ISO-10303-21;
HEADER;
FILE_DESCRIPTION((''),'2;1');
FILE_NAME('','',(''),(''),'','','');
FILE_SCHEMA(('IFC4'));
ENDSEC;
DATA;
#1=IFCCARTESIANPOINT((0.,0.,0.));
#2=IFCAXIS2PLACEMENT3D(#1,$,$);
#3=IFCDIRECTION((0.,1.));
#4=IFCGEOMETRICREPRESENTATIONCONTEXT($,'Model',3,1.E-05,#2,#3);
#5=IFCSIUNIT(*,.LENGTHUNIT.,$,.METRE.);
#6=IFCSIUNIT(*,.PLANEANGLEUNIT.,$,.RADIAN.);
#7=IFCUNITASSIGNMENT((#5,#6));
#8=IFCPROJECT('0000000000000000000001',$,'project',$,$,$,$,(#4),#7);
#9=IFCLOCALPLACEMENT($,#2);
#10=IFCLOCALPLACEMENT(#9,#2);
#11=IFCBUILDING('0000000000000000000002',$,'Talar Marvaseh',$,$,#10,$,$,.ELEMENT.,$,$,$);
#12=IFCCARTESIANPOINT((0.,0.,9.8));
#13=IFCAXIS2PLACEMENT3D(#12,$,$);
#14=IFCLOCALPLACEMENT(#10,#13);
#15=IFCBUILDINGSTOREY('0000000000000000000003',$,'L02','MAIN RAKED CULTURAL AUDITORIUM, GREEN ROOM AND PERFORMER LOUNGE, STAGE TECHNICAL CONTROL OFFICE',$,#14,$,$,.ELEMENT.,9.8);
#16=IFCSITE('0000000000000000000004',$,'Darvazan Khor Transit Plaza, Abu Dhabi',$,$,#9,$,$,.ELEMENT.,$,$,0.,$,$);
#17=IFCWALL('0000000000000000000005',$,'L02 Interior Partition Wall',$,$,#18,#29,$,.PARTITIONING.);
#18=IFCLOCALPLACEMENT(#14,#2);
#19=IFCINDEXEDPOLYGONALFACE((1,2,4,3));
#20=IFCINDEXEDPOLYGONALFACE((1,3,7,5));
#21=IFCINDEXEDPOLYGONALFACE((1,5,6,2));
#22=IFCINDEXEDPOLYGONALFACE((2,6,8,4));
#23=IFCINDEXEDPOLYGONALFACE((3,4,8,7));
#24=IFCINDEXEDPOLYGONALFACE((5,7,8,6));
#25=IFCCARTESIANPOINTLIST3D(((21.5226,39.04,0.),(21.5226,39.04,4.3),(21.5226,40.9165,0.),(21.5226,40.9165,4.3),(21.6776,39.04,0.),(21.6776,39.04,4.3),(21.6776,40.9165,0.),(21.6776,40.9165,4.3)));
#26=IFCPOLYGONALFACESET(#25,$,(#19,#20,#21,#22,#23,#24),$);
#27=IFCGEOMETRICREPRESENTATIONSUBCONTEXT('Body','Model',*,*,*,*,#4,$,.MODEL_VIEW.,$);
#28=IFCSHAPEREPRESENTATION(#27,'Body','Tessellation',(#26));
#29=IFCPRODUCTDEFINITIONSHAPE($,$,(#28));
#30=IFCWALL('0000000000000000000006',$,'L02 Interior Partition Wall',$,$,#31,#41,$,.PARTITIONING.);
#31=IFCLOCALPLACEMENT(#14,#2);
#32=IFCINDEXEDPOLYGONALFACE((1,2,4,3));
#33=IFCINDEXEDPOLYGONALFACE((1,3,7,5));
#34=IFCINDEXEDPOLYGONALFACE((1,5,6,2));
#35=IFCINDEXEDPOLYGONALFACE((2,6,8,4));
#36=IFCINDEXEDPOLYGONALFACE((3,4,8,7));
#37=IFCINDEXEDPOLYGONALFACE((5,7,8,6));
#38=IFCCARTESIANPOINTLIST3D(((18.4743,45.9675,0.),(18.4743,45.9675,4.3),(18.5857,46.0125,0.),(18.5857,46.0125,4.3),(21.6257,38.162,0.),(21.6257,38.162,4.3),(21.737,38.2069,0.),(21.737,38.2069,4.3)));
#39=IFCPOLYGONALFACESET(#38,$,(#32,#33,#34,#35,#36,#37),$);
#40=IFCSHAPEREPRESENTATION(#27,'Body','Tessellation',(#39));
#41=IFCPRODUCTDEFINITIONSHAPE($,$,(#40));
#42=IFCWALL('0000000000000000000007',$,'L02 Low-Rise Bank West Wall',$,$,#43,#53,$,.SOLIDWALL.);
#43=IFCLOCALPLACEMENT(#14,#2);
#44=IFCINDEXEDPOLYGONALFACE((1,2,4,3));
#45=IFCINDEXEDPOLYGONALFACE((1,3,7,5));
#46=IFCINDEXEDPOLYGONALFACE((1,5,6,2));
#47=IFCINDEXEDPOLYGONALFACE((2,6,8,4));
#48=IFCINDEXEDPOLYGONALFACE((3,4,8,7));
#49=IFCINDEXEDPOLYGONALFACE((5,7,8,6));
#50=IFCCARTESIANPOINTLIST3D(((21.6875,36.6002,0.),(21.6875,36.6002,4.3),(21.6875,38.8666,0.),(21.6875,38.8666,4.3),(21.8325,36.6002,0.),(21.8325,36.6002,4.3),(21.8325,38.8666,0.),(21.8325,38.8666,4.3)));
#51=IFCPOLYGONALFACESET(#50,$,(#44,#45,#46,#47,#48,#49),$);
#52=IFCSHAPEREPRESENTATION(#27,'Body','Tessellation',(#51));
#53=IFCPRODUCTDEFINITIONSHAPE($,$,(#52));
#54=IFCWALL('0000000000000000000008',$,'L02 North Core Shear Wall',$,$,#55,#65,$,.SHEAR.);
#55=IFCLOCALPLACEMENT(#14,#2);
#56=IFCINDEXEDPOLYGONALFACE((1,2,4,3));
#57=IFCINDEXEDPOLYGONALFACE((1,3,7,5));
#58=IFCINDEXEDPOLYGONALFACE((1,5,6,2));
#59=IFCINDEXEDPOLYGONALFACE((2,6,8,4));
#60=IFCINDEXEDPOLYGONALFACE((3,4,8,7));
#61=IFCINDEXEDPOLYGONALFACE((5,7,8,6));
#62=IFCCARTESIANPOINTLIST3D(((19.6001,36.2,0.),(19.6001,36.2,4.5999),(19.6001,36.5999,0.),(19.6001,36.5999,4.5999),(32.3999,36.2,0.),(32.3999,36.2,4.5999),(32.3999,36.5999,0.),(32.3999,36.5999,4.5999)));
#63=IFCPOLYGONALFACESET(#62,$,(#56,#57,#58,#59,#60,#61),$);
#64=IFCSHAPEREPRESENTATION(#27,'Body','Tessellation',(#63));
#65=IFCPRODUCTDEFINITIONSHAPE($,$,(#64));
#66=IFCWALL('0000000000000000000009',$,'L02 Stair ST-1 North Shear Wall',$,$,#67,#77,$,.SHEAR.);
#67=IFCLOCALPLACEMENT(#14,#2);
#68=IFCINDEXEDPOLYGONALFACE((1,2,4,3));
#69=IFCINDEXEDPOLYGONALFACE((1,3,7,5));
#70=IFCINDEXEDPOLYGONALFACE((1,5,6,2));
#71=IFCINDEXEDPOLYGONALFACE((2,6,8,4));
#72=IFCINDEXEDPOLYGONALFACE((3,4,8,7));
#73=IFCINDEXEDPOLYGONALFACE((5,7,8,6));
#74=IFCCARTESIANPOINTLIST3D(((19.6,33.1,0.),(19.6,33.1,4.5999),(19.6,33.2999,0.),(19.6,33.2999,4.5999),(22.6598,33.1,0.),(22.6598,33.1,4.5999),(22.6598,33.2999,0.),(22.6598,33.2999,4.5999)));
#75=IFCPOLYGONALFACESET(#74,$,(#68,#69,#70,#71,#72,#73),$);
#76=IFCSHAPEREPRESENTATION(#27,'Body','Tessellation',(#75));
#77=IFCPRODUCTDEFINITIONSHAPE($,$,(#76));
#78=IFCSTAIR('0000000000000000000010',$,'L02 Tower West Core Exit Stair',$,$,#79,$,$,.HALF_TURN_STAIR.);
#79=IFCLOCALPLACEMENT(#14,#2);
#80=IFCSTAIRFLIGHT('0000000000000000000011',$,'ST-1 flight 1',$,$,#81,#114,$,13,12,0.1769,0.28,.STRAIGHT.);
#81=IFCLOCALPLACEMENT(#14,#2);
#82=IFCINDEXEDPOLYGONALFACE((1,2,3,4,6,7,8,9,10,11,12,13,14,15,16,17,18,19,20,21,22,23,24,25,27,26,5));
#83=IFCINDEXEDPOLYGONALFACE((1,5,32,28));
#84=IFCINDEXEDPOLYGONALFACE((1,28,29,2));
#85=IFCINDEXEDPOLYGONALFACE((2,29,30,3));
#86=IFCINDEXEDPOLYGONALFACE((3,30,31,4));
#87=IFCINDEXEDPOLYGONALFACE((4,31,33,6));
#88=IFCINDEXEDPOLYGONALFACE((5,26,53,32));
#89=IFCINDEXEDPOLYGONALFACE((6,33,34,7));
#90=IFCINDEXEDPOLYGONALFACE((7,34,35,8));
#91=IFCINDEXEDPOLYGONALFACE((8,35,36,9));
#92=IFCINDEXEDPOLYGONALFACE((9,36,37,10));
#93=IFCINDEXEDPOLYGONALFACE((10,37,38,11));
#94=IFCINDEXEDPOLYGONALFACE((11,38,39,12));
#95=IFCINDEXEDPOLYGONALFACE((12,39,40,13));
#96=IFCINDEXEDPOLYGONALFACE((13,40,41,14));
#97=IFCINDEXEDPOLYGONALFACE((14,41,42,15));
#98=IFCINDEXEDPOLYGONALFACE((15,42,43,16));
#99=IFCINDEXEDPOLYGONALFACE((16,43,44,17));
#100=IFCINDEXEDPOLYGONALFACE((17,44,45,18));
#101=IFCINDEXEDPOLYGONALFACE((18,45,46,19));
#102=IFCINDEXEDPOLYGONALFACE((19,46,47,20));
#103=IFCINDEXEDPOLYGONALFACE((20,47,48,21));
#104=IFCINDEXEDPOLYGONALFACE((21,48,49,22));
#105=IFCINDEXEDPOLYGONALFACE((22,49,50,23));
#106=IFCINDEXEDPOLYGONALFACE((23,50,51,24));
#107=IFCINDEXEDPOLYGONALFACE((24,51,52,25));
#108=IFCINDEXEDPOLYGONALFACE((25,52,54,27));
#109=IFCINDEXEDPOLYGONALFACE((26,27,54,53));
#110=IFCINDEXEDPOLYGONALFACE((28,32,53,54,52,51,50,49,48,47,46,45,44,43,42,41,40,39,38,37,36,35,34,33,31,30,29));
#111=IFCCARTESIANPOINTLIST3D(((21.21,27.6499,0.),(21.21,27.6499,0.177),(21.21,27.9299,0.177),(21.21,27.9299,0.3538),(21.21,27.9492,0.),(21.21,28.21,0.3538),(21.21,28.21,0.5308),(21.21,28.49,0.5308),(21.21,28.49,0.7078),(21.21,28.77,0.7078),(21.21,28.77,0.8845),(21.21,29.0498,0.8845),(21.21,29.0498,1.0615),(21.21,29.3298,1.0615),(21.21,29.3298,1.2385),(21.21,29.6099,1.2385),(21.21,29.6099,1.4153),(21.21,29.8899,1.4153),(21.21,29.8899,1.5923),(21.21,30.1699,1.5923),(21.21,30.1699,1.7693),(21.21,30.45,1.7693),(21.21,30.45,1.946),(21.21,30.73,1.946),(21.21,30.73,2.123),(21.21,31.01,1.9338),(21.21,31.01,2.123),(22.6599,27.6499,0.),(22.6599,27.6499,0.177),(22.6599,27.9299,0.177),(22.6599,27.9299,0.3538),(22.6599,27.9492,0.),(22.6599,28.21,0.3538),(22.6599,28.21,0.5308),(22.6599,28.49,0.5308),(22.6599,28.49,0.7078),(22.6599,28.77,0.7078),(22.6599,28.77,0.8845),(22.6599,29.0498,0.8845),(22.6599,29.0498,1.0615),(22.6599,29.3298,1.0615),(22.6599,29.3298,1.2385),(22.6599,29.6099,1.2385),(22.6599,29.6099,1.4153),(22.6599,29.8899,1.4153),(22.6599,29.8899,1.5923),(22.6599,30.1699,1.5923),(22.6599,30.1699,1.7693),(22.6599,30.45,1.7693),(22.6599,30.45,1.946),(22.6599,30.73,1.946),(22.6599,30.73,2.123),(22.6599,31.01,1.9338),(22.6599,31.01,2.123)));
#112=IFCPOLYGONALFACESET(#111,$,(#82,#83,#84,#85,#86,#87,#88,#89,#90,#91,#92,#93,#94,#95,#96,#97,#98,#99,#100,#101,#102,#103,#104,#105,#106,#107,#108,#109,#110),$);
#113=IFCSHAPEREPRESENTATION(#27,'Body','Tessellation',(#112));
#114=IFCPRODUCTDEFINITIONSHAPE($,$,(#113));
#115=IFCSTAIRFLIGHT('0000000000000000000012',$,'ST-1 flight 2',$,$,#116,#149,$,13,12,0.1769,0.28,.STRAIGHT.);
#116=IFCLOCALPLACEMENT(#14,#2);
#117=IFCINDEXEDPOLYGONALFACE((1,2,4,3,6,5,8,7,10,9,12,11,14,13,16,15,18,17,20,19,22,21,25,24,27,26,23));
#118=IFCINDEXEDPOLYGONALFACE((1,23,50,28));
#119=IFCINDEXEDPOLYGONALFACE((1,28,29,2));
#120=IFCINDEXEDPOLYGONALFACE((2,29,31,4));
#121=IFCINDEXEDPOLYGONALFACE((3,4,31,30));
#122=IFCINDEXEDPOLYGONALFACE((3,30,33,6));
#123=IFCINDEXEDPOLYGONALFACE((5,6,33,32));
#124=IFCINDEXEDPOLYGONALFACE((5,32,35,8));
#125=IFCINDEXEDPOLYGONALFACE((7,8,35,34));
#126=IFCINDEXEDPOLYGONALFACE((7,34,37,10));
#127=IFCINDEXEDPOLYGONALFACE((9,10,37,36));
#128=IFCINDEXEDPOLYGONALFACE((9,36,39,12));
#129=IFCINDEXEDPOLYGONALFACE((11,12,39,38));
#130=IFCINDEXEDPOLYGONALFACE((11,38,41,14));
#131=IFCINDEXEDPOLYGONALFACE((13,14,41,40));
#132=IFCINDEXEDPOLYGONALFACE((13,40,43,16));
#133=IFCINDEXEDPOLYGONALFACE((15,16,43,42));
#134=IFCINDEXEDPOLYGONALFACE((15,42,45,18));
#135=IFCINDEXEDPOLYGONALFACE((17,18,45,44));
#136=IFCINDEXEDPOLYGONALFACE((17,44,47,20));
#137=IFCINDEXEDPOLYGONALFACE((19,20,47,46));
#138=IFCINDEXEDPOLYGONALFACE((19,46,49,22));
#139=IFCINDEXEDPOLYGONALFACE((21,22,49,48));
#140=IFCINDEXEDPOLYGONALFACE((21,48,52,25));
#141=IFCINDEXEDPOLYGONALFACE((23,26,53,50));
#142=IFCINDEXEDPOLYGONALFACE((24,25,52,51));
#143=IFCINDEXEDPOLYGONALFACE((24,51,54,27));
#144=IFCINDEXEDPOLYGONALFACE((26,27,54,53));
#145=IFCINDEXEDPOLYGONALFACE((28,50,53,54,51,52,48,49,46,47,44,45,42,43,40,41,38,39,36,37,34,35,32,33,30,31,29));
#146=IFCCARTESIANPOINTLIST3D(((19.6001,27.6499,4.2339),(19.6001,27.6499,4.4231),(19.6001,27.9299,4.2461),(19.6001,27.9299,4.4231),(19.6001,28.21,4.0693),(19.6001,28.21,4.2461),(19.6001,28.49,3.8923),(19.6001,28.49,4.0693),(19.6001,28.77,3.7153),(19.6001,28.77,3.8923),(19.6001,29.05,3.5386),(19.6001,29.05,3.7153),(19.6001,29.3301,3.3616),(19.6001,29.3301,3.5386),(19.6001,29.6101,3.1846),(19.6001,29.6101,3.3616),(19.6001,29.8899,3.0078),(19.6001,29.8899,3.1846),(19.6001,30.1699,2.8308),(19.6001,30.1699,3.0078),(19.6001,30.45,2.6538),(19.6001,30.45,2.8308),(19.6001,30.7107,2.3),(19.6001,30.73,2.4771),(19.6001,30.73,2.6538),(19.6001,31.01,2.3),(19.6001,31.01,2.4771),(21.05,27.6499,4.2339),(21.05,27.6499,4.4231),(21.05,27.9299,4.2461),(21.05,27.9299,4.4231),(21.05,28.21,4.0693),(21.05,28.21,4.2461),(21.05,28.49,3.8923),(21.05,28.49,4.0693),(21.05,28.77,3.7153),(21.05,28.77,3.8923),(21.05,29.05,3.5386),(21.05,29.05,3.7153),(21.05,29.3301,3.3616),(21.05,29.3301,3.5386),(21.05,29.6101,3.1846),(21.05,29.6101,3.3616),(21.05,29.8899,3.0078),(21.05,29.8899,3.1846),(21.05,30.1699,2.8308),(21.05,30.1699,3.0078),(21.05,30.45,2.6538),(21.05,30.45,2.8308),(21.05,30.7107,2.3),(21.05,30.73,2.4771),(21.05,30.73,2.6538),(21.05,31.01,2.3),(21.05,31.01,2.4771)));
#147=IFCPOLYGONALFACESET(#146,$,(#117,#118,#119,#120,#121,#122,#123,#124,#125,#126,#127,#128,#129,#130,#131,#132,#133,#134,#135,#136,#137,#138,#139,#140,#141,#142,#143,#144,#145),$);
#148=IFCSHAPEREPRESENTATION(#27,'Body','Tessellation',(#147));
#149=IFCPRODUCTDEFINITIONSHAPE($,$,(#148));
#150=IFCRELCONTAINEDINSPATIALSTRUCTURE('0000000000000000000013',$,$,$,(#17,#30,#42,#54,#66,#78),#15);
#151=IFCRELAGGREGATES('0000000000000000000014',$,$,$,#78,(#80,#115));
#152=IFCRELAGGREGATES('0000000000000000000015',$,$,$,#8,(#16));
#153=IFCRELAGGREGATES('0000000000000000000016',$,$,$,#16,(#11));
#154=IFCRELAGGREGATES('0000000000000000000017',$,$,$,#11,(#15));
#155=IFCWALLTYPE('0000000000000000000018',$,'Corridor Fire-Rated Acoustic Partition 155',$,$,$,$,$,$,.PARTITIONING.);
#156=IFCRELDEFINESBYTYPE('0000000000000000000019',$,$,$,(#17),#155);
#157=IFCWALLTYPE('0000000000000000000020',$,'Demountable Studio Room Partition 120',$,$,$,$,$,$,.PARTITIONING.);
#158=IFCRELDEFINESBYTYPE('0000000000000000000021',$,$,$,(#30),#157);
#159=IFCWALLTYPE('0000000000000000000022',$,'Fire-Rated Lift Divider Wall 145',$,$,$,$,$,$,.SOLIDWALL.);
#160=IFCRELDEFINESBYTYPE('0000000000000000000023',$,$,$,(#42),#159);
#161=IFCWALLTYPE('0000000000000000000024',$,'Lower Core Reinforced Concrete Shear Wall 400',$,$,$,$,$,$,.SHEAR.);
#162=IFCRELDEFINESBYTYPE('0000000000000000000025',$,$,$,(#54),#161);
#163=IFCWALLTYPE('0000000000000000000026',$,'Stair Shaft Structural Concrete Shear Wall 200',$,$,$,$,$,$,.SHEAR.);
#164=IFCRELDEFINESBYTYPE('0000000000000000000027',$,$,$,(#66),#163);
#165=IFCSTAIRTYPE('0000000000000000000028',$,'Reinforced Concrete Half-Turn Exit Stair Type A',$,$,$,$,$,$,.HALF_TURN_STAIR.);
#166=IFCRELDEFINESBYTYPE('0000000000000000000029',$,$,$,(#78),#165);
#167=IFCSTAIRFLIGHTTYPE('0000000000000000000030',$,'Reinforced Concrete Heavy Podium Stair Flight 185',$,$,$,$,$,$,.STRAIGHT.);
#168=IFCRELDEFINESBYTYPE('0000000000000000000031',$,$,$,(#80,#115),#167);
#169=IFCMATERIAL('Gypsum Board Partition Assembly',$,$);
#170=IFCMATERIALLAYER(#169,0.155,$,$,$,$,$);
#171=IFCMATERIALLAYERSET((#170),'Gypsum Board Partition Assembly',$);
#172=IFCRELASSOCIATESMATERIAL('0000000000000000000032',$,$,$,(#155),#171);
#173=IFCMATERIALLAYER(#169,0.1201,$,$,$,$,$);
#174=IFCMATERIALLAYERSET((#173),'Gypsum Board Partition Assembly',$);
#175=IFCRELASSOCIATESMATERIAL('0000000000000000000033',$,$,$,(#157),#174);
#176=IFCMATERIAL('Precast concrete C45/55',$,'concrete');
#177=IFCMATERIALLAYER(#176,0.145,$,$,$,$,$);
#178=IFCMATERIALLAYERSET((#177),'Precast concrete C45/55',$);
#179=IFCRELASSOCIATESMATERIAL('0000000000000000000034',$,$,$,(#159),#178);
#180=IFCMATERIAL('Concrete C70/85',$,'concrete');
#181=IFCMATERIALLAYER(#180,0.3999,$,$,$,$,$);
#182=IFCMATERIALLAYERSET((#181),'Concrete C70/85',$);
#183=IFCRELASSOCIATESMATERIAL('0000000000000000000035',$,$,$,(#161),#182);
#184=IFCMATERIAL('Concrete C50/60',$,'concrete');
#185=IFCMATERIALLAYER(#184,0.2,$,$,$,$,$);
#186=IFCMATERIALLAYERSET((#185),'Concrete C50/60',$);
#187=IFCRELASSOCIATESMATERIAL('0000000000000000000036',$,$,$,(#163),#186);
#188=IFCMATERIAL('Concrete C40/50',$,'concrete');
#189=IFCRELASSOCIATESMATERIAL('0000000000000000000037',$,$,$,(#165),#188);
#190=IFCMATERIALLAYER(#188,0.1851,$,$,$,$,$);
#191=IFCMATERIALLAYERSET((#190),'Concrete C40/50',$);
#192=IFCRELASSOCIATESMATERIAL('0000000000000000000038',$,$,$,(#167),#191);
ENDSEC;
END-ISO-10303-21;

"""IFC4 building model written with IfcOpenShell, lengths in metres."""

from ifc_helpers import new_model, si_unit, direction, frame, frame_2d, origin, place, context, subcontext, project, spatial, polyline, rectangle, outline, extrude, material, layer, layer_set, type_object, element, aggregate, save


model = new_model("IFC4")

# Units and contexts
model_context = context("Model", 3, precision=1e-05, world=origin(), true_north=direction((0.0, 1.0)))
body_context = subcontext(model_context, "Body", "Model", "MODEL_VIEW")
ifc_project = project(units=[si_unit("LENGTHUNIT", "METRE"), si_unit("PLANEANGLEUNIT", "RADIAN")], contexts=[model_context])

# Site, building, storey
site_placement = place(None, origin())
site = spatial("IfcSite", under=ifc_project, at=site_placement, Name="Darvazan Khor Transit Plaza, Abu Dhabi", CompositionType="ELEMENT", RefElevation=0.0)
building_placement = place(site_placement, origin())
building = spatial("IfcBuilding", under=site, at=building_placement, Name="Talar Marvaseh", CompositionType="ELEMENT")
storey_placement = place(building_placement, frame((0.0, 0.0, 9.8)))
storey = spatial("IfcBuildingStorey", under=building, at=storey_placement, Name="L02", Description="MAIN RAKED CULTURAL AUDITORIUM, GREEN ROOM AND PERFORMER LOUNGE, STAGE TECHNICAL CONTROL OFFICE", CompositionType="ELEMENT", Elevation=9.8)

# Shared definitions
ifc_material_1 = material(Name="Concrete C70/85", Category="concrete")

# Shared definitions
ifc_material_2 = material(Name="Gypsum Board Partition Assembly")
ifc_layer_1 = layer(ifc_material_2, 0.155)
ifc_layer_set_1 = layer_set([ifc_layer_1], Name="Gypsum Board Partition Assembly")
wall_type_1 = type_object("IfcWallType", Name="Corridor Fire-Rated Acoustic Partition 155", PredefinedType="PARTITIONING", material=ifc_layer_set_1)

# Walls
wall_1_placement = place(storey_placement, frame((21.6001, 39.04, 0.0), z_axis=(0.0, 0.0, 1.0), x_axis=(0.0, 1.0, 0.0)))
element("IfcWall", 1, at=wall_1_placement, inside=storey, type_object=wall_type_1, Name="L02 Interior Partition Wall", PredefinedType="PARTITIONING", context=body_context, shape_type="SweptSolid", body=[
    extrude(rectangle(XDim=1.8765, YDim=0.155, at=frame_2d((0.9382, 0.0))), origin(), (0.0, 0.0, 1.0), 4.3),
])
ifc_layer_2 = layer(ifc_material_2, 0.1201)
ifc_layer_set_2 = layer_set([ifc_layer_2], Name="Gypsum Board Partition Assembly")
wall_type_2 = type_object("IfcWallType", Name="Demountable Studio Room Partition 120", PredefinedType="PARTITIONING", material=ifc_layer_set_2)
wall_2_placement = place(storey_placement, frame((21.6814, 38.1843, 0.0), z_axis=(0.0, 0.0, 1.0), x_axis=(-0.374369, 0.92728, 0.0)))
element("IfcWall", 2, at=wall_2_placement, inside=storey, type_object=wall_type_2, Name="L02 Interior Partition Wall", PredefinedType="PARTITIONING", context=body_context, shape_type="SweptSolid", body=[
    extrude(rectangle(XDim=8.4177, YDim=0.1201, at=frame_2d((4.209, 0.0))), origin(), (0.0, 0.0, 1.0), 4.3),
])
ifc_material_3 = material(Name="Precast concrete C45/55", Category="concrete")
ifc_layer_3 = layer(ifc_material_3, 0.145)
ifc_layer_set_3 = layer_set([ifc_layer_3], Name="Precast concrete C45/55")
wall_type_3 = type_object("IfcWallType", Name="Fire-Rated Lift Divider Wall 145", PredefinedType="SOLIDWALL", material=ifc_layer_set_3)
wall_3_placement = place(storey_placement, frame((21.76, 36.6001, 0.0), z_axis=(0.0, 0.0, 1.0), x_axis=(0.0, 1.0, 0.0)))
element("IfcWall", 3, at=wall_3_placement, inside=storey, type_object=wall_type_3, Name="L02 Low-Rise Bank West Wall", PredefinedType="SOLIDWALL", context=body_context, shape_type="SweptSolid", body=[
    extrude(rectangle(XDim=2.2664, YDim=0.145, at=frame_2d((1.1333, 0.0))), origin(), (0.0, 0.0, 1.0), 4.3),
])

# Walls
ifc_layer_4 = layer(ifc_material_1, 0.3999)
ifc_layer_set_4 = layer_set([ifc_layer_4], Name="Concrete C70/85")
wall_type_4 = type_object("IfcWallType", Name="Lower Core Reinforced Concrete Shear Wall 400", PredefinedType="SHEAR", material=ifc_layer_set_4)
wall_4_placement = place(storey_placement, frame((19.6001, 36.3999, 0.0), z_axis=(0.0, 0.0, 1.0), x_axis=(1.0, 0.0, 0.0)))
element("IfcWall", 4, at=wall_4_placement, inside=storey, type_object=wall_type_4, Name="L02 North Core Shear Wall", PredefinedType="SHEAR", context=body_context, shape_type="SweptSolid", body=[
    extrude(rectangle(XDim=12.7998, YDim=0.3999, at=frame_2d((6.3999, 0.0))), origin(), (0.0, 0.0, 1.0), 4.5999),
])
ifc_material_4 = material(Name="Concrete C50/60", Category="concrete")
ifc_layer_5 = layer(ifc_material_4, 0.2)
ifc_layer_set_5 = layer_set([ifc_layer_5], Name="Concrete C50/60")
wall_type_5 = type_object("IfcWallType", Name="Stair Shaft Structural Concrete Shear Wall 200", PredefinedType="SHEAR", material=ifc_layer_set_5)
wall_5_placement = place(storey_placement, frame((19.6001, 33.2, 0.0), z_axis=(0.0, 0.0, 1.0), x_axis=(1.0, 0.0, 0.0)))
element("IfcWall", 5, at=wall_5_placement, inside=storey, type_object=wall_type_5, Name="L02 Stair ST-1 North Shear Wall", PredefinedType="SHEAR", context=body_context, shape_type="SweptSolid", body=[
    extrude(rectangle(XDim=3.0598, YDim=0.2, at=frame_2d((1.5298, 0.0))), origin(), (0.0, 0.0, 1.0), 4.5999),
])

# Stair, stair flights
ifc_material_5 = material(Name="Concrete C40/50", Category="concrete")
stair_type = type_object("IfcStairType", Name="Reinforced Concrete Half-Turn Exit Stair Type A", PredefinedType="HALF_TURN_STAIR", material=ifc_material_5)
stair_placement = place(storey_placement, origin())
stair = element("IfcStair", 6, at=stair_placement, inside=storey, type_object=stair_type, Name="L02 Tower West Core Exit Stair", PredefinedType="HALF_TURN_STAIR")
ifc_layer_6 = layer(ifc_material_5, 0.1851)
ifc_layer_set_6 = layer_set([ifc_layer_6], Name="Concrete C40/50")
stair_flight_type = type_object("IfcStairFlightType", Name="Reinforced Concrete Heavy Podium Stair Flight 185", PredefinedType="STRAIGHT", material=ifc_layer_set_6)
stair_flight_1_placement = place(storey_placement, frame((21.9351, 27.6499, 0.0), z_axis=(0.0, 0.0, 1.0), x_axis=(0.0, 1.0, 0.0)))
stair_flight_1 = element("IfcStairFlight", 7, at=stair_flight_1_placement, type_object=stair_flight_type, Name="ST-1 flight 1", NumberOfRisers=13, NumberOfTreads=12, PredefinedType="STRAIGHT", RiserHeight=0.1769, TreadLength=0.28, context=body_context, shape_type="SweptSolid", body=[
    extrude(outline(polyline([(0.0, 0.0), (0.0, 0.177), (0.28, 0.177), (0.28, 0.3538), (0.5601, 0.3538), (0.5601, 0.5308), (0.8401, 0.5308), (0.8401, 0.7078), (1.1201, 0.7078), (1.1201, 0.8845), (1.3999, 0.8845), (1.3999, 1.0615), (1.6799, 1.0615), (1.6799, 1.2385), (1.96, 1.2385), (1.96, 1.4153), (2.24, 1.4153), (2.24, 1.5923), (2.52, 1.5923), (2.52, 1.7693), (2.8, 1.7693), (2.8, 1.946), (3.0801, 1.946), (3.0801, 2.123), (3.3601, 2.123), (3.3601, 2.3), (3.3601, 1.9338), (0.2993, 0.0), (0.0, 0.0)])), frame((0.0, 0.7251, 0.0), z_axis=(0.0, -1.0, 0.0), x_axis=(1.0, 0.0, 0.0)), (0.0, 0.0, 1.0), 1.45),
])
stair_flight_2_placement = place(storey_placement, frame((20.325, 31.01, 2.3), z_axis=(0.0, 0.0, 1.0), x_axis=(0.0, -1.0, 0.0)))
stair_flight_2 = element("IfcStairFlight", 8, at=stair_flight_2_placement, type_object=stair_flight_type, Name="ST-1 flight 2", NumberOfRisers=13, NumberOfTreads=12, PredefinedType="STRAIGHT", RiserHeight=0.1769, TreadLength=0.28, context=body_context, shape_type="SweptSolid", body=[
    extrude(outline(polyline([(0.0, 0.0), (0.0, 0.177), (0.28, 0.177), (0.28, 0.3538), (0.5601, 0.3538), (0.5601, 0.5308), (0.8401, 0.5308), (0.8401, 0.7078), (1.1201, 0.7078), (1.1201, 0.8845), (1.3999, 0.8845), (1.3999, 1.0615), (1.6799, 1.0615), (1.6799, 1.2385), (1.96, 1.2385), (1.96, 1.4153), (2.24, 1.4153), (2.24, 1.5923), (2.52, 1.5923), (2.52, 1.7693), (2.8, 1.7693), (2.8, 1.946), (3.0801, 1.946), (3.0801, 2.123), (3.3601, 2.123), (3.3601, 2.3), (3.3601, 1.9338), (0.2993, 0.0), (0.0, 0.0)])), frame((0.0, 0.7251, 0.0), z_axis=(0.0, -1.0, 0.0), x_axis=(1.0, 0.0, 0.0)), (0.0, 0.0, 1.0), 1.45),
])
aggregate(stair, [stair_flight_1, stair_flight_2])

save(model, "model.ifc")
